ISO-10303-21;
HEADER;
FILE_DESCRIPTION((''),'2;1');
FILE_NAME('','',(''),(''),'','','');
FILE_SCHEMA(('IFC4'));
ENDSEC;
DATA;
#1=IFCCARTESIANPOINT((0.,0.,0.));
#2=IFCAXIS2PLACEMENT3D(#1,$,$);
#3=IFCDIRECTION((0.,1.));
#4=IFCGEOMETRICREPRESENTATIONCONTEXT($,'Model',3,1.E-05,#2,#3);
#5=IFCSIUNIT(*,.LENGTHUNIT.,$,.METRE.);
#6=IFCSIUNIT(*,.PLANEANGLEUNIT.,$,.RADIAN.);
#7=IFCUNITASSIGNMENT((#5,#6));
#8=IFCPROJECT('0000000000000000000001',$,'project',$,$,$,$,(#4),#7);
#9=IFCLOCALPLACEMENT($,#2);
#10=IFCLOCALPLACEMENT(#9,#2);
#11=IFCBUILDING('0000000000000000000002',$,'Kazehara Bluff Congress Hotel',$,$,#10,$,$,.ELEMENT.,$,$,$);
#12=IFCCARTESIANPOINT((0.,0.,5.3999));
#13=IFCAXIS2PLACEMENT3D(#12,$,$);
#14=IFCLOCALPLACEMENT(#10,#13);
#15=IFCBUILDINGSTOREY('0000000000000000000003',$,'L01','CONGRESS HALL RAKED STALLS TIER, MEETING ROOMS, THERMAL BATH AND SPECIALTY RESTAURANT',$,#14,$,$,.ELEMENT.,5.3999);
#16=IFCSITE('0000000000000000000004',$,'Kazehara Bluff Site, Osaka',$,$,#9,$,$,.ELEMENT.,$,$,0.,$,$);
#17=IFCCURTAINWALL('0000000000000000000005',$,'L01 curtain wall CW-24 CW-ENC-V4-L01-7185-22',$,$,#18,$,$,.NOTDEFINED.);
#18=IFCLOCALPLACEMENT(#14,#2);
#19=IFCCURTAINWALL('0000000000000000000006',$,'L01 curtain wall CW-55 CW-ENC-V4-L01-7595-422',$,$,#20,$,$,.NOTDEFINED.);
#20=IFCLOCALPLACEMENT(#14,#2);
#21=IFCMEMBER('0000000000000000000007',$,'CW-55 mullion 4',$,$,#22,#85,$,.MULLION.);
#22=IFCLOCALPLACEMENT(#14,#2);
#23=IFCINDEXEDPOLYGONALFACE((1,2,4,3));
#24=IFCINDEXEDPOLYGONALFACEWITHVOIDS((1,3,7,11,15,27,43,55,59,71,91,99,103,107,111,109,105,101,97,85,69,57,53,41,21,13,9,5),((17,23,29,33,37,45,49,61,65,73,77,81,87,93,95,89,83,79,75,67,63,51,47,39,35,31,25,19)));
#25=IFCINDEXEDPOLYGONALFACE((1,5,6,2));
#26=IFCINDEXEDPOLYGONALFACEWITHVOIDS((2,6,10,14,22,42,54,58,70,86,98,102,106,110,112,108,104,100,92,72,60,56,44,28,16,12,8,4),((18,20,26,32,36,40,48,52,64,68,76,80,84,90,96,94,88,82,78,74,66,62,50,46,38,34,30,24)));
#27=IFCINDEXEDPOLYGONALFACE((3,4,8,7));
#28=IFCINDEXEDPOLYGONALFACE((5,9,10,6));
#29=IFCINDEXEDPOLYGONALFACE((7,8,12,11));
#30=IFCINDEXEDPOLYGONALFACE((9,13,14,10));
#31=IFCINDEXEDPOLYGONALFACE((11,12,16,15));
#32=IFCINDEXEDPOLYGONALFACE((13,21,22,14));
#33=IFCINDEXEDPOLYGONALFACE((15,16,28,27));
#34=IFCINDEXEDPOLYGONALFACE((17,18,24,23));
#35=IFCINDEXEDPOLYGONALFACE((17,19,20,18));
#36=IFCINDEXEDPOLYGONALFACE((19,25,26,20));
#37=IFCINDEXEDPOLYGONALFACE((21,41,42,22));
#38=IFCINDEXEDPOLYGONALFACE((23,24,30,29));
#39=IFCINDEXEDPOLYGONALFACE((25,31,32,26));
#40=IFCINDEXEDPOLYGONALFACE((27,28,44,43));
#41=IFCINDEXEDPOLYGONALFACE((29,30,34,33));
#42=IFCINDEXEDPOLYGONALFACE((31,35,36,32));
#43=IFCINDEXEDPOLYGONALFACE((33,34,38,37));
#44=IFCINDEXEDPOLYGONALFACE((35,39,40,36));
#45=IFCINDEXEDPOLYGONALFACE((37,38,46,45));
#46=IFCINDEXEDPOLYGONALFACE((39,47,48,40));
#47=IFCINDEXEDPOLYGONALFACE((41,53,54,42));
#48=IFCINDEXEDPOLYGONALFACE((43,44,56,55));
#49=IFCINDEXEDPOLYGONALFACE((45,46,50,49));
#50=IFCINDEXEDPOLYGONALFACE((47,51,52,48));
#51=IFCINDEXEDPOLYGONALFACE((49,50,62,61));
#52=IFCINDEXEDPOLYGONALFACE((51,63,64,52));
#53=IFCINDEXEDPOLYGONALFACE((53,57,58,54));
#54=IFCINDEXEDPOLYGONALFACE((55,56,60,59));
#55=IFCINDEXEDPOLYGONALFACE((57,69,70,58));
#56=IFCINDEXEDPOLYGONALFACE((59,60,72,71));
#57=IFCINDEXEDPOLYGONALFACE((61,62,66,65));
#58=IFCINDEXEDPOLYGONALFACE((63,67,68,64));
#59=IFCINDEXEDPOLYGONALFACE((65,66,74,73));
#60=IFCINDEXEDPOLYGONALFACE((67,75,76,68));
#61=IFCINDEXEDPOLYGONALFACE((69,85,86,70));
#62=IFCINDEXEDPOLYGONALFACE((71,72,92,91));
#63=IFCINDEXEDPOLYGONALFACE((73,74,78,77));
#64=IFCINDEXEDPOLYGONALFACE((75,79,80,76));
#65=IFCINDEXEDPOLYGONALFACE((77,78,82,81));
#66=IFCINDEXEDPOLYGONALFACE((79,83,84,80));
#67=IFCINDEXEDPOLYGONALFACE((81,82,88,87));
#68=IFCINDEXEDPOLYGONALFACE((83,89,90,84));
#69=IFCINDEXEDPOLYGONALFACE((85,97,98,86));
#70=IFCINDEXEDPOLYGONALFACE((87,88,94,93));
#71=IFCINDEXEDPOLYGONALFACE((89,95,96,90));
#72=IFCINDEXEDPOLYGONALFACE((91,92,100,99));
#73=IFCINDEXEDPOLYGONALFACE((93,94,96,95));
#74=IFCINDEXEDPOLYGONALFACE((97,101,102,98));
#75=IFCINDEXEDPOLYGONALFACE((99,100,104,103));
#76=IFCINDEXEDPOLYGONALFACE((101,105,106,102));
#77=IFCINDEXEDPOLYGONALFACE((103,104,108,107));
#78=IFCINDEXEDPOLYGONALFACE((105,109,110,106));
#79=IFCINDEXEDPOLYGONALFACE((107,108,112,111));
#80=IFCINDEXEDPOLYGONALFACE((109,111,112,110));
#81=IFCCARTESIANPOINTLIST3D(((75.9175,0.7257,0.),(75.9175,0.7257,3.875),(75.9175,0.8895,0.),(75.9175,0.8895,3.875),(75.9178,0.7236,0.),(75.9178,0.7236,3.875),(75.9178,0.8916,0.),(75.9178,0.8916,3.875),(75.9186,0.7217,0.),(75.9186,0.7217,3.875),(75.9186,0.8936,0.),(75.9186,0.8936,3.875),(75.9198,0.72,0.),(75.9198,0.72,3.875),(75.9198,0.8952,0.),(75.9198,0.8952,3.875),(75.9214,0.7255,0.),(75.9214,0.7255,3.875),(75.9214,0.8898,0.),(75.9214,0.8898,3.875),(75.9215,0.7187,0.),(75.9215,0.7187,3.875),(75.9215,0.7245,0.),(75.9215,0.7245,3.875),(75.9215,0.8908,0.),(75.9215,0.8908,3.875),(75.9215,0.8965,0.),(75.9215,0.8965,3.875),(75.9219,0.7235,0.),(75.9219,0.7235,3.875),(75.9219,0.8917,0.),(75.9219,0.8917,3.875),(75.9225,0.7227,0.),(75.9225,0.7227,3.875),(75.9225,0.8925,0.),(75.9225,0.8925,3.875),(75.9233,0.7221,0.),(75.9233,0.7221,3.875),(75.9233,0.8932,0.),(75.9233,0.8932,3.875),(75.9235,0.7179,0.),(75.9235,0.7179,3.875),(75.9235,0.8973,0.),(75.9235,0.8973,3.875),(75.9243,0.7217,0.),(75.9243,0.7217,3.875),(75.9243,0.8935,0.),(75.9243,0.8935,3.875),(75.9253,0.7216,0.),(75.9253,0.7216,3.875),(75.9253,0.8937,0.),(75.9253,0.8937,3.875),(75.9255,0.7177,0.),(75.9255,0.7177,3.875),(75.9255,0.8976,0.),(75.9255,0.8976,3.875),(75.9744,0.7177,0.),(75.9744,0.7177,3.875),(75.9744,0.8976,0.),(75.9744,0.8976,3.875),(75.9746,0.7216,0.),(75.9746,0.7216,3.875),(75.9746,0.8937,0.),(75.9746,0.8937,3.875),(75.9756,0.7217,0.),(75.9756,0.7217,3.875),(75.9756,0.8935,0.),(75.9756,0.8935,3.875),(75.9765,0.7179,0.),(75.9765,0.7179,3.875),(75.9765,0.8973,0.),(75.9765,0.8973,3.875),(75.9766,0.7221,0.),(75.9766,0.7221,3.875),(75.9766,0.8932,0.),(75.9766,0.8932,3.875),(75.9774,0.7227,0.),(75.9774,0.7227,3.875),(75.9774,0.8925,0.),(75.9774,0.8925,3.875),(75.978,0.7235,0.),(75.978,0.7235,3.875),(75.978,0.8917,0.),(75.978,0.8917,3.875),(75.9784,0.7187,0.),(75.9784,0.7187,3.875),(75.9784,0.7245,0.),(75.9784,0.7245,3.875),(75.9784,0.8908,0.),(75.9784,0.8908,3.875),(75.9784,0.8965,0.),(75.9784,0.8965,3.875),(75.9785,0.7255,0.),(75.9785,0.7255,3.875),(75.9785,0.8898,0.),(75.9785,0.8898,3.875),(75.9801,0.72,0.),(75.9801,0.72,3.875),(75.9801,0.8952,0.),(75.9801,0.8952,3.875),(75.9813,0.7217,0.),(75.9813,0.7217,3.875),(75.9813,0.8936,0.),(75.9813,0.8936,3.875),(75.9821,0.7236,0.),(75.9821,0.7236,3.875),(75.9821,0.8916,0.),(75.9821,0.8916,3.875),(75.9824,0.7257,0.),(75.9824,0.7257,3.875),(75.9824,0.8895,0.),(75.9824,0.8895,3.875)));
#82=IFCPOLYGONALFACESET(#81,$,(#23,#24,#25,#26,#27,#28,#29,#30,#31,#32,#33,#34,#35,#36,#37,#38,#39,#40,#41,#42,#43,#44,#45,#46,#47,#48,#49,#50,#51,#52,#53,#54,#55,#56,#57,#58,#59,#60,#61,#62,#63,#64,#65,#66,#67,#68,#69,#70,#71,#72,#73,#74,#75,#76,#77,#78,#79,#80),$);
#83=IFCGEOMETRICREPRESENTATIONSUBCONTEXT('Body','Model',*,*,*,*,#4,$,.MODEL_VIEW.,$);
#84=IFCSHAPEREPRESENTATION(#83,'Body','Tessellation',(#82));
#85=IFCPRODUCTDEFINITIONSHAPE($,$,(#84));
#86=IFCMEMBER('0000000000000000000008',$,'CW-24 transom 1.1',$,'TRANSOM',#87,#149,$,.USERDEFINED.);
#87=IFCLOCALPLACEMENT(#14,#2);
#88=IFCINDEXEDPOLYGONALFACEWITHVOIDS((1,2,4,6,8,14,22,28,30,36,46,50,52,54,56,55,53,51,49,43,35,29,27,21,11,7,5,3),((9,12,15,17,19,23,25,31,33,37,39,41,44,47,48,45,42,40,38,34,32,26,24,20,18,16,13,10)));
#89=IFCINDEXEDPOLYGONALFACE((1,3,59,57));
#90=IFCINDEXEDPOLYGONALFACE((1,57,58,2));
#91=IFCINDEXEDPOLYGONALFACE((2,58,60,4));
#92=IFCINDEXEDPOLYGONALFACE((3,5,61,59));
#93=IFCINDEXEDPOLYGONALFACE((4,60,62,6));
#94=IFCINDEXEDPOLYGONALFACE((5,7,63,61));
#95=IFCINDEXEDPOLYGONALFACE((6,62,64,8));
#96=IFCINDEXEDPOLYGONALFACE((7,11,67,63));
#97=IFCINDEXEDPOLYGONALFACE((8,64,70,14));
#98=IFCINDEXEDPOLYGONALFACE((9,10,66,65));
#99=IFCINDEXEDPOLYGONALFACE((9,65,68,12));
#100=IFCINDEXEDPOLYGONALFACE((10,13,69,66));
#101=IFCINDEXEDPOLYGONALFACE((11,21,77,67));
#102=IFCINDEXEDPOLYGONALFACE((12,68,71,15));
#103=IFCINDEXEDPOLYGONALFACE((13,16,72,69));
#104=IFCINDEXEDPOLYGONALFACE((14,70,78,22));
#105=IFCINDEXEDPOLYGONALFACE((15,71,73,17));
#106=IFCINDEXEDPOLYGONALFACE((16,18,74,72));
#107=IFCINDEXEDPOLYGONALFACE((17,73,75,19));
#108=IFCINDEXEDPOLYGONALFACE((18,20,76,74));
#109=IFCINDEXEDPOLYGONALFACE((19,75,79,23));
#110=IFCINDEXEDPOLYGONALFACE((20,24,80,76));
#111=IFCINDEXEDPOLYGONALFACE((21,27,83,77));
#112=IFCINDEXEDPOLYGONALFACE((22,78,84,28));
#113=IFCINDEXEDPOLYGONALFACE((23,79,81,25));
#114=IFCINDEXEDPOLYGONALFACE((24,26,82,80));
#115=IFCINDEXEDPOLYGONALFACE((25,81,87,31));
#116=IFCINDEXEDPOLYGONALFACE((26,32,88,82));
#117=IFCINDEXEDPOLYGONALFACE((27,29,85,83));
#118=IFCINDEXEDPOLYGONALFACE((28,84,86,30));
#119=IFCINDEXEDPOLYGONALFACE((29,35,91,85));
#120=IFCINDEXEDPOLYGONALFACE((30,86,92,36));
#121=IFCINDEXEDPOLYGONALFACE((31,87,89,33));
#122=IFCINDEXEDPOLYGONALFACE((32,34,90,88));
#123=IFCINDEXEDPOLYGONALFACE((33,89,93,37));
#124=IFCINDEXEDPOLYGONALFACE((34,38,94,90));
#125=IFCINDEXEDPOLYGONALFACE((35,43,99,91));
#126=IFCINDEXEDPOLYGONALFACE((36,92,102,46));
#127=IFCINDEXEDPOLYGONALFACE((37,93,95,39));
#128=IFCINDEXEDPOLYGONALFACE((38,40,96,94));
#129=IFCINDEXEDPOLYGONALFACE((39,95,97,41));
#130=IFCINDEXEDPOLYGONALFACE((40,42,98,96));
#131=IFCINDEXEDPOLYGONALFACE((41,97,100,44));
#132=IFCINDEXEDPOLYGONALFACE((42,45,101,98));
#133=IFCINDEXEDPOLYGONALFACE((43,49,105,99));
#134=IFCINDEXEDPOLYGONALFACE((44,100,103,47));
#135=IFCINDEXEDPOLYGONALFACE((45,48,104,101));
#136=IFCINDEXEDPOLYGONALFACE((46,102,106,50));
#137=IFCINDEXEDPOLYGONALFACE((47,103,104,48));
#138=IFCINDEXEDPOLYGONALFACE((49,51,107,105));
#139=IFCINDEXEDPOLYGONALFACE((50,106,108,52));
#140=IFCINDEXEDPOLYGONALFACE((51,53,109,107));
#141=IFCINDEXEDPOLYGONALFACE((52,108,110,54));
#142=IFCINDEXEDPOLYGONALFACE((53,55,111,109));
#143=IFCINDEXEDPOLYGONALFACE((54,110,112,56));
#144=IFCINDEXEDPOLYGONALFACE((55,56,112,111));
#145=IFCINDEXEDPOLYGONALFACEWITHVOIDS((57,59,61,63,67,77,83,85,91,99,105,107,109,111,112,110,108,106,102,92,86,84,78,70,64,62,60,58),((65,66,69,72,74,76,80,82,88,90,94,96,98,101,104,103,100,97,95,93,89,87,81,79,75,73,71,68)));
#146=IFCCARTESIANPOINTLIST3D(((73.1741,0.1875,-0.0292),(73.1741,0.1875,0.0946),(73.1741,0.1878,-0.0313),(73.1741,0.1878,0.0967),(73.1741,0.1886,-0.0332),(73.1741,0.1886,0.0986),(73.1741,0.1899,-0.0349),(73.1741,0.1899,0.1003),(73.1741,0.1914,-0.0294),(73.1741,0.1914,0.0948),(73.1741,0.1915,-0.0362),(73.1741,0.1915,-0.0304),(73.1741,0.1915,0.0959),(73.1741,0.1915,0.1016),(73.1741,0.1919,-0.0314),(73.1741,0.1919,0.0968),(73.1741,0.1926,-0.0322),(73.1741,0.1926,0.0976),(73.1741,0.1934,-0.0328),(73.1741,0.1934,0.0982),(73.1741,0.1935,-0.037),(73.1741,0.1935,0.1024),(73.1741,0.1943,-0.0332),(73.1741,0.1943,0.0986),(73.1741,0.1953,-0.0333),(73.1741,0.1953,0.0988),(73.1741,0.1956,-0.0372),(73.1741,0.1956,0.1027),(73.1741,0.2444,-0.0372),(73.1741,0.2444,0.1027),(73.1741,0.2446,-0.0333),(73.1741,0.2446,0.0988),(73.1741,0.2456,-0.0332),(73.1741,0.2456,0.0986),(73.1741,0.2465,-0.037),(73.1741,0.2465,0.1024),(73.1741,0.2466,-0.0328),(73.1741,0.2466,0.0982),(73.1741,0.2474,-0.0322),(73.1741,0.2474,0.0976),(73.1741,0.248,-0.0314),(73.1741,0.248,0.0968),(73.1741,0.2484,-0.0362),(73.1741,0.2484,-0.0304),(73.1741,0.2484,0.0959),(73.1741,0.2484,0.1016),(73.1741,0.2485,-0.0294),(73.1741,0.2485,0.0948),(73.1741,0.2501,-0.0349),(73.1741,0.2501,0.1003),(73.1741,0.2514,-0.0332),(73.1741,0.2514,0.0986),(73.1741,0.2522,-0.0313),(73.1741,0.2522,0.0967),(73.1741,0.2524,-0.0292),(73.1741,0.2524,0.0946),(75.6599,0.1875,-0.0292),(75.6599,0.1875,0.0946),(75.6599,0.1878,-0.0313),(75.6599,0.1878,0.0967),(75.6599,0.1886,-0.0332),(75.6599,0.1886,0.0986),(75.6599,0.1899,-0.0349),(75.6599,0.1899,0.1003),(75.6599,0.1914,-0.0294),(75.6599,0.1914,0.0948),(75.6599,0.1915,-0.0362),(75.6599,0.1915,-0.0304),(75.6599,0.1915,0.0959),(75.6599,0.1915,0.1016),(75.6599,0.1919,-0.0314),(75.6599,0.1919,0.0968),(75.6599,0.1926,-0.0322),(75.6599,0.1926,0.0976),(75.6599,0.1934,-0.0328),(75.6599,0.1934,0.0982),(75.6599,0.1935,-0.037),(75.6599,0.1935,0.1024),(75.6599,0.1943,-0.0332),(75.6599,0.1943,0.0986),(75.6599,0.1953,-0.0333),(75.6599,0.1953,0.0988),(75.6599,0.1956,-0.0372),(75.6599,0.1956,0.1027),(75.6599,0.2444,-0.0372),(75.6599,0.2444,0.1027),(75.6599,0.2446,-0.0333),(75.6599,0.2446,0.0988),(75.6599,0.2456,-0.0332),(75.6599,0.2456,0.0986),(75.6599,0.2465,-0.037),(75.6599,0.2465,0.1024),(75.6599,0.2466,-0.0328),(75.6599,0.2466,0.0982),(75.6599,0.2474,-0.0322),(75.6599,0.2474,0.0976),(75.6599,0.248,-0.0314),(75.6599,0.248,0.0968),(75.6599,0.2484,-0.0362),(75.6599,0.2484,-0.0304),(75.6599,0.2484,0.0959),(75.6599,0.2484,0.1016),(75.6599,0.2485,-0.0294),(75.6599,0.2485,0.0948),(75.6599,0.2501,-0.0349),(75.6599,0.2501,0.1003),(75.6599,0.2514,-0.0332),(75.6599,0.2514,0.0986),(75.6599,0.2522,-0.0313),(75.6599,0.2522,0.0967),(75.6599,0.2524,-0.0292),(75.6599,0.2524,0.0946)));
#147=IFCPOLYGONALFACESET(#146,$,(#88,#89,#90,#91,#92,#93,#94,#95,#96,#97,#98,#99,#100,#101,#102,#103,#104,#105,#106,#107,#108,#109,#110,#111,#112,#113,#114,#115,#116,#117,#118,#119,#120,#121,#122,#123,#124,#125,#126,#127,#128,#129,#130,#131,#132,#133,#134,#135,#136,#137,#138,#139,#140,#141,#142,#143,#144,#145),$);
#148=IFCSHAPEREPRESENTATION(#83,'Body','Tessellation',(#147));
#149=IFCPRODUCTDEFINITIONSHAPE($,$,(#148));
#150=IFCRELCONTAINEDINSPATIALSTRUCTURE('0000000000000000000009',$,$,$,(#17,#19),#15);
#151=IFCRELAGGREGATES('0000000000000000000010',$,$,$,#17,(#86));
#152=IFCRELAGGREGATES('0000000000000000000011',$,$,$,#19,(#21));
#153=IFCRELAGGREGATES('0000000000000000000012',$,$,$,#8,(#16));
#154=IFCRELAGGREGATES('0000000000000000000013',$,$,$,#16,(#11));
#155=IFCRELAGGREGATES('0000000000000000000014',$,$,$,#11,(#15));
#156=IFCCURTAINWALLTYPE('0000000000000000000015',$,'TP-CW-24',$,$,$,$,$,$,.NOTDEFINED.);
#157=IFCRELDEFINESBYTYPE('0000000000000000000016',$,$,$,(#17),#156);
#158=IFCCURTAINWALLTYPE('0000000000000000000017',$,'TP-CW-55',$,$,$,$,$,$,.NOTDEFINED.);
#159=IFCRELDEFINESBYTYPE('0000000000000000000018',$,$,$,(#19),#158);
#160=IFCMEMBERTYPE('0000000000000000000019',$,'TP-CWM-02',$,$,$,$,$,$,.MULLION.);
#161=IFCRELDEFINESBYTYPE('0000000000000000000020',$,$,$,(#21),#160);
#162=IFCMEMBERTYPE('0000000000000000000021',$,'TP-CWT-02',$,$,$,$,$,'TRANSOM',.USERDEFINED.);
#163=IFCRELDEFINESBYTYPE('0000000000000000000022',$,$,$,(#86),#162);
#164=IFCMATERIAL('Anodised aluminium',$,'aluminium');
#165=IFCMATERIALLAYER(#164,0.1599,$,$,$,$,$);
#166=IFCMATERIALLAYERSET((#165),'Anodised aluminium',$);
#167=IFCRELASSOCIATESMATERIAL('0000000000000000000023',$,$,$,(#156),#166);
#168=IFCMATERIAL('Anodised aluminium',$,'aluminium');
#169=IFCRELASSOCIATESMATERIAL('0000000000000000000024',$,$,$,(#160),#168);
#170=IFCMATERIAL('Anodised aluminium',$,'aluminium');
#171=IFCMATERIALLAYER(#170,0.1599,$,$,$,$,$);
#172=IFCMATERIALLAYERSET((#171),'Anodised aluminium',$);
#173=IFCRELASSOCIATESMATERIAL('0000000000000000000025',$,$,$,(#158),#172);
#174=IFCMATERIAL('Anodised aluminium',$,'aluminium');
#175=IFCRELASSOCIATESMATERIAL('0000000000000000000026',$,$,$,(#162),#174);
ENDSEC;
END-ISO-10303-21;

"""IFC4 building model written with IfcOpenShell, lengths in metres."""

from ifc_helpers import new_model, si_unit, direction, frame, origin, origin_2d, place, context, subcontext, project, spatial, hollow_rectangle, extrude, material, layer, layer_set, material_profile, profile_set, type_object, element, aggregate, save


model = new_model("IFC4")

# Units and contexts
model_context = context("Model", 3, precision=1e-05, world=origin(), true_north=direction((0.0, 1.0)))
body_context = subcontext(model_context, "Body", "Model", "MODEL_VIEW")
ifc_project = project(units=[si_unit("LENGTHUNIT", "METRE"), si_unit("PLANEANGLEUNIT", "RADIAN")], contexts=[model_context])

# Site, building, storey
site_placement = place(None, origin())
site = spatial("IfcSite", under=ifc_project, at=site_placement, Name="Kazehara Bluff Site, Osaka", CompositionType="ELEMENT", RefElevation=0.0)
building_placement = place(site_placement, origin())
building = spatial("IfcBuilding", under=site, at=building_placement, Name="Kazehara Bluff Congress Hotel", CompositionType="ELEMENT")
storey_placement = place(building_placement, frame((0.0, 0.0, 5.3999)))
storey = spatial("IfcBuildingStorey", under=building, at=storey_placement, Name="L01", Description="CONGRESS HALL RAKED STALLS TIER, MEETING ROOMS, THERMAL BATH AND SPECIALTY RESTAURANT", CompositionType="ELEMENT", Elevation=5.3999)

# Curtain walls, member
ifc_material_1 = material(Name="Anodised aluminium", Category="aluminium")
ifc_layer_1 = layer(ifc_material_1, 0.1599)
ifc_layer_set_1 = layer_set([ifc_layer_1], Name="Anodised aluminium")
curtain_wall_type_1 = type_object("IfcCurtainWallType", Name="TP-CW-24", PredefinedType="NOTDEFINED", material=ifc_layer_set_1)
curtain_wall_1_placement = place(storey_placement, origin())
curtain_wall_1 = element("IfcCurtainWall", 1, at=curtain_wall_1_placement, inside=storey, type_object=curtain_wall_type_1, Name="L01 curtain wall CW-24 CW-ENC-V4-L01-7185-22", PredefinedType="NOTDEFINED")
ifc_material_2 = material(Name="Anodised aluminium", Category="aluminium")
ifc_material_profile_1 = material_profile(ifc_material_2, hollow_rectangle(XDim=0.0649, YDim=0.1799, WallThickness=0.0039, InnerFilletRadius=0.0039, OuterFilletRadius=0.0081, at=origin_2d()))
ifc_profile_set_1 = profile_set([ifc_material_profile_1], Name="Anodised aluminium")
member_type_1 = type_object("IfcMemberType", Name="TP-CWM-02", PredefinedType="MULLION", material=ifc_profile_set_1)
ifc_material_3 = material(Name="Anodised aluminium", Category="aluminium")
ifc_layer_2 = layer(ifc_material_3, 0.1599)
ifc_layer_set_2 = layer_set([ifc_layer_2], Name="Anodised aluminium")
curtain_wall_type_2 = type_object("IfcCurtainWallType", Name="TP-CW-55", PredefinedType="NOTDEFINED", material=ifc_layer_set_2)
curtain_wall_2_placement = place(storey_placement, origin())
curtain_wall_2 = element("IfcCurtainWall", 2, at=curtain_wall_2_placement, inside=storey, type_object=curtain_wall_type_2, Name="L01 curtain wall CW-55 CW-ENC-V4-L01-7595-422", PredefinedType="NOTDEFINED")
member_1_placement = place(storey_placement, frame((75.95, 0.8076, 0.0), z_axis=(0.0, 0.0, 1.0), x_axis=(1.0, 0.0, 0.0)))
member_1 = element("IfcMember", 3, at=member_1_placement, type_object=member_type_1, Name="CW-55 mullion 4", PredefinedType="MULLION", context=body_context, shape_type="SweptSolid", body=[
    extrude(hollow_rectangle(XDim=0.0649, YDim=0.1799, WallThickness=0.0039, InnerFilletRadius=0.0039, OuterFilletRadius=0.0081, at=origin_2d()), origin(), (0.0, 0.0, 1.0), 3.875),
])

# Member
ifc_material_4 = material(Name="Anodised aluminium", Category="aluminium")
ifc_material_profile_2 = material_profile(ifc_material_4, hollow_rectangle(XDim=0.0649, YDim=0.1399, WallThickness=0.0039, InnerFilletRadius=0.0039, OuterFilletRadius=0.0081, at=origin_2d()))
ifc_profile_set_2 = profile_set([ifc_material_profile_2], Name="Anodised aluminium")
member_type_2 = type_object("IfcMemberType", Name="TP-CWT-02", ElementType="TRANSOM", PredefinedType="USERDEFINED", material=ifc_profile_set_2)
member_2_placement = place(storey_placement, frame((75.6599, 0.22, 0.0327), z_axis=(-1.0, 0.0, 0.0), x_axis=(0.0, -1.0, 0.0)))
member_2 = element("IfcMember", 4, at=member_2_placement, type_object=member_type_2, Name="CW-24 transom 1.1", ObjectType="TRANSOM", PredefinedType="USERDEFINED", context=body_context, shape_type="SweptSolid", body=[
    extrude(hollow_rectangle(XDim=0.0649, YDim=0.1399, WallThickness=0.0039, InnerFilletRadius=0.0039, OuterFilletRadius=0.0081, at=origin_2d()), origin(), (0.0, 0.0, 1.0), 2.4858),
])

aggregate(curtain_wall_1, [member_2])
aggregate(curtain_wall_2, [member_1])

save(model, "model.ifc")
